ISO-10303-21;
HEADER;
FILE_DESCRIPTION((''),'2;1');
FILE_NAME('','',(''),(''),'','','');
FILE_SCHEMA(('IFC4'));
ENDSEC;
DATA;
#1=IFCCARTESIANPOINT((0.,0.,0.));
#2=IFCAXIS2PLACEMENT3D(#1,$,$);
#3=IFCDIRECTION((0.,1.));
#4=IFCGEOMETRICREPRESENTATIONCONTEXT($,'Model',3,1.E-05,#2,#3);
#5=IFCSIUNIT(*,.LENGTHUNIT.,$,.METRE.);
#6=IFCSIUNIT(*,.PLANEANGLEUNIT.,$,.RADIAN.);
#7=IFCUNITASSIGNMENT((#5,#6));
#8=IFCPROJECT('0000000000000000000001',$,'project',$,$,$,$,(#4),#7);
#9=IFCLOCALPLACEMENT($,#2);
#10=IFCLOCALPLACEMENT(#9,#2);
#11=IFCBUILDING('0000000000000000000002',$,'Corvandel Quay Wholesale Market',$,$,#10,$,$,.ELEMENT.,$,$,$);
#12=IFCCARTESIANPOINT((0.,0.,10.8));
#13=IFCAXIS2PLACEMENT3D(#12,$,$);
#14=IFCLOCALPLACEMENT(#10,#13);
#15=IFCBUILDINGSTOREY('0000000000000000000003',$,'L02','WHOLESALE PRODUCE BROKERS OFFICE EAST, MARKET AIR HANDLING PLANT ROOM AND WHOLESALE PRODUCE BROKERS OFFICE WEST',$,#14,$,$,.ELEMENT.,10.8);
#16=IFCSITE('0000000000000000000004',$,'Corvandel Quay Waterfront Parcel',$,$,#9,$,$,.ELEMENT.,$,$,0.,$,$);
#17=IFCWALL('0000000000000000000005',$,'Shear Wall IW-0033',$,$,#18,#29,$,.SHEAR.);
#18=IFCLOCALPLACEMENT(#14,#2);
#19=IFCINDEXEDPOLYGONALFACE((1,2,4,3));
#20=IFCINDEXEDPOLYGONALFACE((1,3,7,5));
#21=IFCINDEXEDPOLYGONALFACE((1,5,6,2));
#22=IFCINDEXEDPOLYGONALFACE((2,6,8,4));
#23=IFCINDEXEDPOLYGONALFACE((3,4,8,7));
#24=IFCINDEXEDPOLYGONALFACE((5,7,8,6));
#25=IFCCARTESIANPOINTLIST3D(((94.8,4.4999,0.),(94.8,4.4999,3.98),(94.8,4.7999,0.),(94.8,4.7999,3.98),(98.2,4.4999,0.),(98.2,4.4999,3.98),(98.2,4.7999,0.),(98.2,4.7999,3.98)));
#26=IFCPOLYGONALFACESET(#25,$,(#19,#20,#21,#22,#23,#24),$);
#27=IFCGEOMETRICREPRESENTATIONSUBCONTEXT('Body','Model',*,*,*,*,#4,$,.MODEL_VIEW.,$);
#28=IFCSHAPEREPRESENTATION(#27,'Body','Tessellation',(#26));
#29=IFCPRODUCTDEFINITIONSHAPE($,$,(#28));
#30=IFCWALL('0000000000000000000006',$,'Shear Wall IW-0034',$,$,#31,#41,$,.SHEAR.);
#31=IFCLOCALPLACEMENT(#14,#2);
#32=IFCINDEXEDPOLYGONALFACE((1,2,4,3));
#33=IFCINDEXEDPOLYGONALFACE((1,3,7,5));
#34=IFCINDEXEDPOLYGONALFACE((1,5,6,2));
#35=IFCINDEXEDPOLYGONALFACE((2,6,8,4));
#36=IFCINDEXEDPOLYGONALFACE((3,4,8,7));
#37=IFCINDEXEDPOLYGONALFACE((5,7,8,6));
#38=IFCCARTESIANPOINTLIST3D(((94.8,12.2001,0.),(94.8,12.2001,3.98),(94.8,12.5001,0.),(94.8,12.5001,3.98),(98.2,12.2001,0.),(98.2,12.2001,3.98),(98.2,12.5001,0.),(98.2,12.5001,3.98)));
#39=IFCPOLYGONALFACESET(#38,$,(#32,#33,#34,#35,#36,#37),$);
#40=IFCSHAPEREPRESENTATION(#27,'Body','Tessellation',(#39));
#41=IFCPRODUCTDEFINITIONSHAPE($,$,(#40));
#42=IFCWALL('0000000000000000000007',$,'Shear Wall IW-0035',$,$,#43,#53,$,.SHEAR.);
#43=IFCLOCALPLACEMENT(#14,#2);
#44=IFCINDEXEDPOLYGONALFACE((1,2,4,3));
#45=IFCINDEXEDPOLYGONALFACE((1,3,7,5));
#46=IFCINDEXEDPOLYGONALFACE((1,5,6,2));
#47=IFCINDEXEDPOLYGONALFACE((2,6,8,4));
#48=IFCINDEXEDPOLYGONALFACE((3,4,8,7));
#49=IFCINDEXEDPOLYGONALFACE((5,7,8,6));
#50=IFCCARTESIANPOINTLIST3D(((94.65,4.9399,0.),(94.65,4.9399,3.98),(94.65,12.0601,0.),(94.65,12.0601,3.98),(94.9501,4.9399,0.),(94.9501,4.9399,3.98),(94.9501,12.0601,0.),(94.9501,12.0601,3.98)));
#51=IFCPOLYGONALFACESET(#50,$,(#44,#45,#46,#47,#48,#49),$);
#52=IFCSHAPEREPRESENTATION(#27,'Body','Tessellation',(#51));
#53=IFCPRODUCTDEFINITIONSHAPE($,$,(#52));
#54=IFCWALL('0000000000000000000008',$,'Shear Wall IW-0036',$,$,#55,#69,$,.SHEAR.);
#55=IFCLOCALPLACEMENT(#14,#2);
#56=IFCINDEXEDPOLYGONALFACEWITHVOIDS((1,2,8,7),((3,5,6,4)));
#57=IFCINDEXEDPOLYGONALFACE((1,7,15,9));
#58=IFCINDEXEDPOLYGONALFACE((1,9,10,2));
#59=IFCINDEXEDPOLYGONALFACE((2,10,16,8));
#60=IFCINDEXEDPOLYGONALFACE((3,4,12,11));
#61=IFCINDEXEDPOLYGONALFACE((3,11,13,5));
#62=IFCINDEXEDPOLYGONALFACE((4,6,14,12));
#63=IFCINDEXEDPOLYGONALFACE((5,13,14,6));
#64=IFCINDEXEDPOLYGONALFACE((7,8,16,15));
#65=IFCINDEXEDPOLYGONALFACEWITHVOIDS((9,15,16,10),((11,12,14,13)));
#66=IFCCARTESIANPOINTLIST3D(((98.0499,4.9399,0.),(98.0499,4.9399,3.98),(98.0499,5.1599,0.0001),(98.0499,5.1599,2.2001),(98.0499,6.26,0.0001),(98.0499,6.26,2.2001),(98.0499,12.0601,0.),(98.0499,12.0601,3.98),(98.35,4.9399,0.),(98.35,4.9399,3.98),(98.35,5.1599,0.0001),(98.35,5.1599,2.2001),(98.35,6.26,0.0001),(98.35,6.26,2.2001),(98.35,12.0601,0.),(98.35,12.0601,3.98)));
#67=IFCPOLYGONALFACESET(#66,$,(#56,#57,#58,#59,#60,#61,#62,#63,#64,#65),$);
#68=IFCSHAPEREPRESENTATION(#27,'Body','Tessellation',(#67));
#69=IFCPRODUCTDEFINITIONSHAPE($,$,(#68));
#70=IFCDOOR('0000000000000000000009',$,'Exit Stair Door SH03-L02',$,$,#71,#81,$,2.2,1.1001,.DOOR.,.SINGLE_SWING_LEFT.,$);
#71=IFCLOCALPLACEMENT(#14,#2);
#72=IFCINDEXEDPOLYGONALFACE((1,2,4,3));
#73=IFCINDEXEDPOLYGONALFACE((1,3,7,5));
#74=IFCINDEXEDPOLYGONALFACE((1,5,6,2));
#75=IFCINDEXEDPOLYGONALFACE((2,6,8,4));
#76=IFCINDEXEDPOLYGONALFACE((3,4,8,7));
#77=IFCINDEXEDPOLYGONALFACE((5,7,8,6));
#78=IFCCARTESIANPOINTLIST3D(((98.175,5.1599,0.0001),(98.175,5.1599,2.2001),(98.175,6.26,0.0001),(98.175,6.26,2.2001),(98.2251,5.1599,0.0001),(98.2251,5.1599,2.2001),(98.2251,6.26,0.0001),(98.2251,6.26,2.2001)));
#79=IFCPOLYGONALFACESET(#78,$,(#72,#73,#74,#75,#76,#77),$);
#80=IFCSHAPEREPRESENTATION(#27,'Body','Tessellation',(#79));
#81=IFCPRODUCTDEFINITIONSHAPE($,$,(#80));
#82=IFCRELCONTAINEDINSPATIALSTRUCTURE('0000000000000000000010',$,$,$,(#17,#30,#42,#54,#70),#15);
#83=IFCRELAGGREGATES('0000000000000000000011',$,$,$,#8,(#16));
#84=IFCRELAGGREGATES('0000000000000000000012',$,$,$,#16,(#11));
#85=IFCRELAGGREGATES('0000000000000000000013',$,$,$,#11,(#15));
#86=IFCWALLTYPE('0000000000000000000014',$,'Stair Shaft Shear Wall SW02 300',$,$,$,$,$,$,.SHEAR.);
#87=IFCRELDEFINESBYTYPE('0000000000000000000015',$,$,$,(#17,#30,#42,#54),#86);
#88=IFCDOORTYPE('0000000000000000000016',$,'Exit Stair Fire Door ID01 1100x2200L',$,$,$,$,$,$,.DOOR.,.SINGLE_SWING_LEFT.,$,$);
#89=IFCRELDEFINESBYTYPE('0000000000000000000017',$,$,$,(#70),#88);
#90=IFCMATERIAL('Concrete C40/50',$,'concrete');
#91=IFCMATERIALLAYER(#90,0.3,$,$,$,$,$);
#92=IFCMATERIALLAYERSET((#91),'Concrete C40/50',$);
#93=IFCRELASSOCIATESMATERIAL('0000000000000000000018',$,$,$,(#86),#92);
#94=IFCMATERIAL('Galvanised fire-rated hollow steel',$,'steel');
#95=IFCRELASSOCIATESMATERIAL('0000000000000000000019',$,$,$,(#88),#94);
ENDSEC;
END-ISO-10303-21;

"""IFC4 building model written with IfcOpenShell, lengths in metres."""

from ifc_helpers import new_model, si_unit, direction, frame, frame_2d, origin, place, context, subcontext, project, spatial, rectangle, extrude, material, layer, layer_set, type_object, element, fill, save


model = new_model("IFC4")

# Units and contexts
model_context = context("Model", 3, precision=1e-05, world=origin(), true_north=direction((0.0, 1.0)))
body_context = subcontext(model_context, "Body", "Model", "MODEL_VIEW")
ifc_project = project(units=[si_unit("LENGTHUNIT", "METRE"), si_unit("PLANEANGLEUNIT", "RADIAN")], contexts=[model_context])

# Site, building, storey
site_placement = place(None, origin())
site = spatial("IfcSite", under=ifc_project, at=site_placement, Name="Corvandel Quay Waterfront Parcel", CompositionType="ELEMENT", RefElevation=0.0)
building_placement = place(site_placement, origin())
building = spatial("IfcBuilding", under=site, at=building_placement, Name="Corvandel Quay Wholesale Market", CompositionType="ELEMENT")
storey_placement = place(building_placement, frame((0.0, 0.0, 10.8)))
storey = spatial("IfcBuildingStorey", under=building, at=storey_placement, Name="L02", Description="WHOLESALE PRODUCE BROKERS OFFICE EAST, MARKET AIR HANDLING PLANT ROOM AND WHOLESALE PRODUCE BROKERS OFFICE WEST", CompositionType="ELEMENT", Elevation=10.8)

# Walls
ifc_material_1 = material(Name="Concrete C40/50", Category="concrete")
ifc_layer_1 = layer(ifc_material_1, 0.3)
ifc_layer_set_1 = layer_set([ifc_layer_1], Name="Concrete C40/50")
wall_type_1 = type_object("IfcWallType", Name="Stair Shaft Shear Wall SW02 300", PredefinedType="SHEAR", material=ifc_layer_set_1)
for number, where, z_axis, x_axis, name in (
    (1, (94.8, 4.6499, 0.0), (0.0, 0.0, 1.0), (1.0, 0.0, 0.0), "Shear Wall IW-0033"),
    (2, (94.8, 12.3501, 0.0), (0.0, 0.0, 1.0), (1.0, 0.0, 0.0), "Shear Wall IW-0034"),
):
    element("IfcWall", number, at=place(storey_placement, frame(where, z_axis=z_axis, x_axis=x_axis)), inside=storey, type_object=wall_type_1, Name=name, PredefinedType="SHEAR", context=body_context, shape_type="SweptSolid", body=[
        extrude(rectangle(XDim=3.3999, YDim=0.3, at=frame_2d((1.7, 0.0))), origin(), (0.0, 0.0, 1.0), 3.98),
    ])
wall_1_placement = place(storey_placement, frame((94.8, 4.9399, 0.0), z_axis=(0.0, 0.0, 1.0), x_axis=(0.0, 1.0, 0.0)))
element("IfcWall", 3, at=wall_1_placement, inside=storey, type_object=wall_type_1, Name="Shear Wall IW-0035", PredefinedType="SHEAR", context=body_context, shape_type="SweptSolid", body=[
    extrude(rectangle(XDim=7.1201, YDim=0.3, at=frame_2d((3.5601, 0.0))), origin(), (0.0, 0.0, 1.0), 3.98),
])

# Wall, opening, door
wall_2_placement = place(storey_placement, frame((98.2, 4.9399, 0.0), z_axis=(0.0, 0.0, 1.0), x_axis=(0.0, 1.0, 0.0)))
wall_2 = element("IfcWall", 4, at=wall_2_placement, inside=storey, type_object=wall_type_1, Name="Shear Wall IW-0036", PredefinedType="SHEAR", context=body_context, shape_type="SweptSolid", body=[
    extrude(rectangle(XDim=7.1201, YDim=0.3, at=frame_2d((3.5601, 0.0))), origin(), (0.0, 0.0, 1.0), 3.98),
])
opening_placement = place(wall_2_placement, frame((0.22, 0.0, 0.0)))
opening = element("IfcOpeningElement", 5, at=opening_placement, cuts=wall_2, PredefinedType="OPENING", context=body_context, shape_type="SweptSolid", body=[
    extrude(rectangle(XDim=1.1001, YDim=2.2, at=frame_2d((0.55, 1.1001))), frame((0.0, 0.1599, 0.0), z_axis=(0.0, -1.0, 0.0), x_axis=(1.0, 0.0, 0.0)), (0.0, 0.0, 1.0), 0.3201),
])
ifc_material_2 = material(Name="Galvanised fire-rated hollow steel", Category="steel")
door_type = type_object("IfcDoorType", Name="Exit Stair Fire Door ID01 1100x2200L", OperationType="SINGLE_SWING_LEFT", PredefinedType="DOOR", material=ifc_material_2)
door_placement = place(opening_placement, origin())
door = element("IfcDoor", 6, at=door_placement, inside=storey, type_object=door_type, Name="Exit Stair Door SH03-L02", OperationType="SINGLE_SWING_LEFT", OverallHeight=2.2, OverallWidth=1.1001, PredefinedType="DOOR", context=body_context, shape_type="SweptSolid", body=[
    extrude(rectangle(XDim=1.1001, YDim=2.2, at=frame_2d((0.55, 1.1001))), frame((0.0, 0.0249, 0.0), z_axis=(0.0, -1.0, 0.0), x_axis=(1.0, 0.0, 0.0)), (0.0, 0.0, 1.0), 0.05),
])
fill(opening, door)

save(model, "model.ifc")
